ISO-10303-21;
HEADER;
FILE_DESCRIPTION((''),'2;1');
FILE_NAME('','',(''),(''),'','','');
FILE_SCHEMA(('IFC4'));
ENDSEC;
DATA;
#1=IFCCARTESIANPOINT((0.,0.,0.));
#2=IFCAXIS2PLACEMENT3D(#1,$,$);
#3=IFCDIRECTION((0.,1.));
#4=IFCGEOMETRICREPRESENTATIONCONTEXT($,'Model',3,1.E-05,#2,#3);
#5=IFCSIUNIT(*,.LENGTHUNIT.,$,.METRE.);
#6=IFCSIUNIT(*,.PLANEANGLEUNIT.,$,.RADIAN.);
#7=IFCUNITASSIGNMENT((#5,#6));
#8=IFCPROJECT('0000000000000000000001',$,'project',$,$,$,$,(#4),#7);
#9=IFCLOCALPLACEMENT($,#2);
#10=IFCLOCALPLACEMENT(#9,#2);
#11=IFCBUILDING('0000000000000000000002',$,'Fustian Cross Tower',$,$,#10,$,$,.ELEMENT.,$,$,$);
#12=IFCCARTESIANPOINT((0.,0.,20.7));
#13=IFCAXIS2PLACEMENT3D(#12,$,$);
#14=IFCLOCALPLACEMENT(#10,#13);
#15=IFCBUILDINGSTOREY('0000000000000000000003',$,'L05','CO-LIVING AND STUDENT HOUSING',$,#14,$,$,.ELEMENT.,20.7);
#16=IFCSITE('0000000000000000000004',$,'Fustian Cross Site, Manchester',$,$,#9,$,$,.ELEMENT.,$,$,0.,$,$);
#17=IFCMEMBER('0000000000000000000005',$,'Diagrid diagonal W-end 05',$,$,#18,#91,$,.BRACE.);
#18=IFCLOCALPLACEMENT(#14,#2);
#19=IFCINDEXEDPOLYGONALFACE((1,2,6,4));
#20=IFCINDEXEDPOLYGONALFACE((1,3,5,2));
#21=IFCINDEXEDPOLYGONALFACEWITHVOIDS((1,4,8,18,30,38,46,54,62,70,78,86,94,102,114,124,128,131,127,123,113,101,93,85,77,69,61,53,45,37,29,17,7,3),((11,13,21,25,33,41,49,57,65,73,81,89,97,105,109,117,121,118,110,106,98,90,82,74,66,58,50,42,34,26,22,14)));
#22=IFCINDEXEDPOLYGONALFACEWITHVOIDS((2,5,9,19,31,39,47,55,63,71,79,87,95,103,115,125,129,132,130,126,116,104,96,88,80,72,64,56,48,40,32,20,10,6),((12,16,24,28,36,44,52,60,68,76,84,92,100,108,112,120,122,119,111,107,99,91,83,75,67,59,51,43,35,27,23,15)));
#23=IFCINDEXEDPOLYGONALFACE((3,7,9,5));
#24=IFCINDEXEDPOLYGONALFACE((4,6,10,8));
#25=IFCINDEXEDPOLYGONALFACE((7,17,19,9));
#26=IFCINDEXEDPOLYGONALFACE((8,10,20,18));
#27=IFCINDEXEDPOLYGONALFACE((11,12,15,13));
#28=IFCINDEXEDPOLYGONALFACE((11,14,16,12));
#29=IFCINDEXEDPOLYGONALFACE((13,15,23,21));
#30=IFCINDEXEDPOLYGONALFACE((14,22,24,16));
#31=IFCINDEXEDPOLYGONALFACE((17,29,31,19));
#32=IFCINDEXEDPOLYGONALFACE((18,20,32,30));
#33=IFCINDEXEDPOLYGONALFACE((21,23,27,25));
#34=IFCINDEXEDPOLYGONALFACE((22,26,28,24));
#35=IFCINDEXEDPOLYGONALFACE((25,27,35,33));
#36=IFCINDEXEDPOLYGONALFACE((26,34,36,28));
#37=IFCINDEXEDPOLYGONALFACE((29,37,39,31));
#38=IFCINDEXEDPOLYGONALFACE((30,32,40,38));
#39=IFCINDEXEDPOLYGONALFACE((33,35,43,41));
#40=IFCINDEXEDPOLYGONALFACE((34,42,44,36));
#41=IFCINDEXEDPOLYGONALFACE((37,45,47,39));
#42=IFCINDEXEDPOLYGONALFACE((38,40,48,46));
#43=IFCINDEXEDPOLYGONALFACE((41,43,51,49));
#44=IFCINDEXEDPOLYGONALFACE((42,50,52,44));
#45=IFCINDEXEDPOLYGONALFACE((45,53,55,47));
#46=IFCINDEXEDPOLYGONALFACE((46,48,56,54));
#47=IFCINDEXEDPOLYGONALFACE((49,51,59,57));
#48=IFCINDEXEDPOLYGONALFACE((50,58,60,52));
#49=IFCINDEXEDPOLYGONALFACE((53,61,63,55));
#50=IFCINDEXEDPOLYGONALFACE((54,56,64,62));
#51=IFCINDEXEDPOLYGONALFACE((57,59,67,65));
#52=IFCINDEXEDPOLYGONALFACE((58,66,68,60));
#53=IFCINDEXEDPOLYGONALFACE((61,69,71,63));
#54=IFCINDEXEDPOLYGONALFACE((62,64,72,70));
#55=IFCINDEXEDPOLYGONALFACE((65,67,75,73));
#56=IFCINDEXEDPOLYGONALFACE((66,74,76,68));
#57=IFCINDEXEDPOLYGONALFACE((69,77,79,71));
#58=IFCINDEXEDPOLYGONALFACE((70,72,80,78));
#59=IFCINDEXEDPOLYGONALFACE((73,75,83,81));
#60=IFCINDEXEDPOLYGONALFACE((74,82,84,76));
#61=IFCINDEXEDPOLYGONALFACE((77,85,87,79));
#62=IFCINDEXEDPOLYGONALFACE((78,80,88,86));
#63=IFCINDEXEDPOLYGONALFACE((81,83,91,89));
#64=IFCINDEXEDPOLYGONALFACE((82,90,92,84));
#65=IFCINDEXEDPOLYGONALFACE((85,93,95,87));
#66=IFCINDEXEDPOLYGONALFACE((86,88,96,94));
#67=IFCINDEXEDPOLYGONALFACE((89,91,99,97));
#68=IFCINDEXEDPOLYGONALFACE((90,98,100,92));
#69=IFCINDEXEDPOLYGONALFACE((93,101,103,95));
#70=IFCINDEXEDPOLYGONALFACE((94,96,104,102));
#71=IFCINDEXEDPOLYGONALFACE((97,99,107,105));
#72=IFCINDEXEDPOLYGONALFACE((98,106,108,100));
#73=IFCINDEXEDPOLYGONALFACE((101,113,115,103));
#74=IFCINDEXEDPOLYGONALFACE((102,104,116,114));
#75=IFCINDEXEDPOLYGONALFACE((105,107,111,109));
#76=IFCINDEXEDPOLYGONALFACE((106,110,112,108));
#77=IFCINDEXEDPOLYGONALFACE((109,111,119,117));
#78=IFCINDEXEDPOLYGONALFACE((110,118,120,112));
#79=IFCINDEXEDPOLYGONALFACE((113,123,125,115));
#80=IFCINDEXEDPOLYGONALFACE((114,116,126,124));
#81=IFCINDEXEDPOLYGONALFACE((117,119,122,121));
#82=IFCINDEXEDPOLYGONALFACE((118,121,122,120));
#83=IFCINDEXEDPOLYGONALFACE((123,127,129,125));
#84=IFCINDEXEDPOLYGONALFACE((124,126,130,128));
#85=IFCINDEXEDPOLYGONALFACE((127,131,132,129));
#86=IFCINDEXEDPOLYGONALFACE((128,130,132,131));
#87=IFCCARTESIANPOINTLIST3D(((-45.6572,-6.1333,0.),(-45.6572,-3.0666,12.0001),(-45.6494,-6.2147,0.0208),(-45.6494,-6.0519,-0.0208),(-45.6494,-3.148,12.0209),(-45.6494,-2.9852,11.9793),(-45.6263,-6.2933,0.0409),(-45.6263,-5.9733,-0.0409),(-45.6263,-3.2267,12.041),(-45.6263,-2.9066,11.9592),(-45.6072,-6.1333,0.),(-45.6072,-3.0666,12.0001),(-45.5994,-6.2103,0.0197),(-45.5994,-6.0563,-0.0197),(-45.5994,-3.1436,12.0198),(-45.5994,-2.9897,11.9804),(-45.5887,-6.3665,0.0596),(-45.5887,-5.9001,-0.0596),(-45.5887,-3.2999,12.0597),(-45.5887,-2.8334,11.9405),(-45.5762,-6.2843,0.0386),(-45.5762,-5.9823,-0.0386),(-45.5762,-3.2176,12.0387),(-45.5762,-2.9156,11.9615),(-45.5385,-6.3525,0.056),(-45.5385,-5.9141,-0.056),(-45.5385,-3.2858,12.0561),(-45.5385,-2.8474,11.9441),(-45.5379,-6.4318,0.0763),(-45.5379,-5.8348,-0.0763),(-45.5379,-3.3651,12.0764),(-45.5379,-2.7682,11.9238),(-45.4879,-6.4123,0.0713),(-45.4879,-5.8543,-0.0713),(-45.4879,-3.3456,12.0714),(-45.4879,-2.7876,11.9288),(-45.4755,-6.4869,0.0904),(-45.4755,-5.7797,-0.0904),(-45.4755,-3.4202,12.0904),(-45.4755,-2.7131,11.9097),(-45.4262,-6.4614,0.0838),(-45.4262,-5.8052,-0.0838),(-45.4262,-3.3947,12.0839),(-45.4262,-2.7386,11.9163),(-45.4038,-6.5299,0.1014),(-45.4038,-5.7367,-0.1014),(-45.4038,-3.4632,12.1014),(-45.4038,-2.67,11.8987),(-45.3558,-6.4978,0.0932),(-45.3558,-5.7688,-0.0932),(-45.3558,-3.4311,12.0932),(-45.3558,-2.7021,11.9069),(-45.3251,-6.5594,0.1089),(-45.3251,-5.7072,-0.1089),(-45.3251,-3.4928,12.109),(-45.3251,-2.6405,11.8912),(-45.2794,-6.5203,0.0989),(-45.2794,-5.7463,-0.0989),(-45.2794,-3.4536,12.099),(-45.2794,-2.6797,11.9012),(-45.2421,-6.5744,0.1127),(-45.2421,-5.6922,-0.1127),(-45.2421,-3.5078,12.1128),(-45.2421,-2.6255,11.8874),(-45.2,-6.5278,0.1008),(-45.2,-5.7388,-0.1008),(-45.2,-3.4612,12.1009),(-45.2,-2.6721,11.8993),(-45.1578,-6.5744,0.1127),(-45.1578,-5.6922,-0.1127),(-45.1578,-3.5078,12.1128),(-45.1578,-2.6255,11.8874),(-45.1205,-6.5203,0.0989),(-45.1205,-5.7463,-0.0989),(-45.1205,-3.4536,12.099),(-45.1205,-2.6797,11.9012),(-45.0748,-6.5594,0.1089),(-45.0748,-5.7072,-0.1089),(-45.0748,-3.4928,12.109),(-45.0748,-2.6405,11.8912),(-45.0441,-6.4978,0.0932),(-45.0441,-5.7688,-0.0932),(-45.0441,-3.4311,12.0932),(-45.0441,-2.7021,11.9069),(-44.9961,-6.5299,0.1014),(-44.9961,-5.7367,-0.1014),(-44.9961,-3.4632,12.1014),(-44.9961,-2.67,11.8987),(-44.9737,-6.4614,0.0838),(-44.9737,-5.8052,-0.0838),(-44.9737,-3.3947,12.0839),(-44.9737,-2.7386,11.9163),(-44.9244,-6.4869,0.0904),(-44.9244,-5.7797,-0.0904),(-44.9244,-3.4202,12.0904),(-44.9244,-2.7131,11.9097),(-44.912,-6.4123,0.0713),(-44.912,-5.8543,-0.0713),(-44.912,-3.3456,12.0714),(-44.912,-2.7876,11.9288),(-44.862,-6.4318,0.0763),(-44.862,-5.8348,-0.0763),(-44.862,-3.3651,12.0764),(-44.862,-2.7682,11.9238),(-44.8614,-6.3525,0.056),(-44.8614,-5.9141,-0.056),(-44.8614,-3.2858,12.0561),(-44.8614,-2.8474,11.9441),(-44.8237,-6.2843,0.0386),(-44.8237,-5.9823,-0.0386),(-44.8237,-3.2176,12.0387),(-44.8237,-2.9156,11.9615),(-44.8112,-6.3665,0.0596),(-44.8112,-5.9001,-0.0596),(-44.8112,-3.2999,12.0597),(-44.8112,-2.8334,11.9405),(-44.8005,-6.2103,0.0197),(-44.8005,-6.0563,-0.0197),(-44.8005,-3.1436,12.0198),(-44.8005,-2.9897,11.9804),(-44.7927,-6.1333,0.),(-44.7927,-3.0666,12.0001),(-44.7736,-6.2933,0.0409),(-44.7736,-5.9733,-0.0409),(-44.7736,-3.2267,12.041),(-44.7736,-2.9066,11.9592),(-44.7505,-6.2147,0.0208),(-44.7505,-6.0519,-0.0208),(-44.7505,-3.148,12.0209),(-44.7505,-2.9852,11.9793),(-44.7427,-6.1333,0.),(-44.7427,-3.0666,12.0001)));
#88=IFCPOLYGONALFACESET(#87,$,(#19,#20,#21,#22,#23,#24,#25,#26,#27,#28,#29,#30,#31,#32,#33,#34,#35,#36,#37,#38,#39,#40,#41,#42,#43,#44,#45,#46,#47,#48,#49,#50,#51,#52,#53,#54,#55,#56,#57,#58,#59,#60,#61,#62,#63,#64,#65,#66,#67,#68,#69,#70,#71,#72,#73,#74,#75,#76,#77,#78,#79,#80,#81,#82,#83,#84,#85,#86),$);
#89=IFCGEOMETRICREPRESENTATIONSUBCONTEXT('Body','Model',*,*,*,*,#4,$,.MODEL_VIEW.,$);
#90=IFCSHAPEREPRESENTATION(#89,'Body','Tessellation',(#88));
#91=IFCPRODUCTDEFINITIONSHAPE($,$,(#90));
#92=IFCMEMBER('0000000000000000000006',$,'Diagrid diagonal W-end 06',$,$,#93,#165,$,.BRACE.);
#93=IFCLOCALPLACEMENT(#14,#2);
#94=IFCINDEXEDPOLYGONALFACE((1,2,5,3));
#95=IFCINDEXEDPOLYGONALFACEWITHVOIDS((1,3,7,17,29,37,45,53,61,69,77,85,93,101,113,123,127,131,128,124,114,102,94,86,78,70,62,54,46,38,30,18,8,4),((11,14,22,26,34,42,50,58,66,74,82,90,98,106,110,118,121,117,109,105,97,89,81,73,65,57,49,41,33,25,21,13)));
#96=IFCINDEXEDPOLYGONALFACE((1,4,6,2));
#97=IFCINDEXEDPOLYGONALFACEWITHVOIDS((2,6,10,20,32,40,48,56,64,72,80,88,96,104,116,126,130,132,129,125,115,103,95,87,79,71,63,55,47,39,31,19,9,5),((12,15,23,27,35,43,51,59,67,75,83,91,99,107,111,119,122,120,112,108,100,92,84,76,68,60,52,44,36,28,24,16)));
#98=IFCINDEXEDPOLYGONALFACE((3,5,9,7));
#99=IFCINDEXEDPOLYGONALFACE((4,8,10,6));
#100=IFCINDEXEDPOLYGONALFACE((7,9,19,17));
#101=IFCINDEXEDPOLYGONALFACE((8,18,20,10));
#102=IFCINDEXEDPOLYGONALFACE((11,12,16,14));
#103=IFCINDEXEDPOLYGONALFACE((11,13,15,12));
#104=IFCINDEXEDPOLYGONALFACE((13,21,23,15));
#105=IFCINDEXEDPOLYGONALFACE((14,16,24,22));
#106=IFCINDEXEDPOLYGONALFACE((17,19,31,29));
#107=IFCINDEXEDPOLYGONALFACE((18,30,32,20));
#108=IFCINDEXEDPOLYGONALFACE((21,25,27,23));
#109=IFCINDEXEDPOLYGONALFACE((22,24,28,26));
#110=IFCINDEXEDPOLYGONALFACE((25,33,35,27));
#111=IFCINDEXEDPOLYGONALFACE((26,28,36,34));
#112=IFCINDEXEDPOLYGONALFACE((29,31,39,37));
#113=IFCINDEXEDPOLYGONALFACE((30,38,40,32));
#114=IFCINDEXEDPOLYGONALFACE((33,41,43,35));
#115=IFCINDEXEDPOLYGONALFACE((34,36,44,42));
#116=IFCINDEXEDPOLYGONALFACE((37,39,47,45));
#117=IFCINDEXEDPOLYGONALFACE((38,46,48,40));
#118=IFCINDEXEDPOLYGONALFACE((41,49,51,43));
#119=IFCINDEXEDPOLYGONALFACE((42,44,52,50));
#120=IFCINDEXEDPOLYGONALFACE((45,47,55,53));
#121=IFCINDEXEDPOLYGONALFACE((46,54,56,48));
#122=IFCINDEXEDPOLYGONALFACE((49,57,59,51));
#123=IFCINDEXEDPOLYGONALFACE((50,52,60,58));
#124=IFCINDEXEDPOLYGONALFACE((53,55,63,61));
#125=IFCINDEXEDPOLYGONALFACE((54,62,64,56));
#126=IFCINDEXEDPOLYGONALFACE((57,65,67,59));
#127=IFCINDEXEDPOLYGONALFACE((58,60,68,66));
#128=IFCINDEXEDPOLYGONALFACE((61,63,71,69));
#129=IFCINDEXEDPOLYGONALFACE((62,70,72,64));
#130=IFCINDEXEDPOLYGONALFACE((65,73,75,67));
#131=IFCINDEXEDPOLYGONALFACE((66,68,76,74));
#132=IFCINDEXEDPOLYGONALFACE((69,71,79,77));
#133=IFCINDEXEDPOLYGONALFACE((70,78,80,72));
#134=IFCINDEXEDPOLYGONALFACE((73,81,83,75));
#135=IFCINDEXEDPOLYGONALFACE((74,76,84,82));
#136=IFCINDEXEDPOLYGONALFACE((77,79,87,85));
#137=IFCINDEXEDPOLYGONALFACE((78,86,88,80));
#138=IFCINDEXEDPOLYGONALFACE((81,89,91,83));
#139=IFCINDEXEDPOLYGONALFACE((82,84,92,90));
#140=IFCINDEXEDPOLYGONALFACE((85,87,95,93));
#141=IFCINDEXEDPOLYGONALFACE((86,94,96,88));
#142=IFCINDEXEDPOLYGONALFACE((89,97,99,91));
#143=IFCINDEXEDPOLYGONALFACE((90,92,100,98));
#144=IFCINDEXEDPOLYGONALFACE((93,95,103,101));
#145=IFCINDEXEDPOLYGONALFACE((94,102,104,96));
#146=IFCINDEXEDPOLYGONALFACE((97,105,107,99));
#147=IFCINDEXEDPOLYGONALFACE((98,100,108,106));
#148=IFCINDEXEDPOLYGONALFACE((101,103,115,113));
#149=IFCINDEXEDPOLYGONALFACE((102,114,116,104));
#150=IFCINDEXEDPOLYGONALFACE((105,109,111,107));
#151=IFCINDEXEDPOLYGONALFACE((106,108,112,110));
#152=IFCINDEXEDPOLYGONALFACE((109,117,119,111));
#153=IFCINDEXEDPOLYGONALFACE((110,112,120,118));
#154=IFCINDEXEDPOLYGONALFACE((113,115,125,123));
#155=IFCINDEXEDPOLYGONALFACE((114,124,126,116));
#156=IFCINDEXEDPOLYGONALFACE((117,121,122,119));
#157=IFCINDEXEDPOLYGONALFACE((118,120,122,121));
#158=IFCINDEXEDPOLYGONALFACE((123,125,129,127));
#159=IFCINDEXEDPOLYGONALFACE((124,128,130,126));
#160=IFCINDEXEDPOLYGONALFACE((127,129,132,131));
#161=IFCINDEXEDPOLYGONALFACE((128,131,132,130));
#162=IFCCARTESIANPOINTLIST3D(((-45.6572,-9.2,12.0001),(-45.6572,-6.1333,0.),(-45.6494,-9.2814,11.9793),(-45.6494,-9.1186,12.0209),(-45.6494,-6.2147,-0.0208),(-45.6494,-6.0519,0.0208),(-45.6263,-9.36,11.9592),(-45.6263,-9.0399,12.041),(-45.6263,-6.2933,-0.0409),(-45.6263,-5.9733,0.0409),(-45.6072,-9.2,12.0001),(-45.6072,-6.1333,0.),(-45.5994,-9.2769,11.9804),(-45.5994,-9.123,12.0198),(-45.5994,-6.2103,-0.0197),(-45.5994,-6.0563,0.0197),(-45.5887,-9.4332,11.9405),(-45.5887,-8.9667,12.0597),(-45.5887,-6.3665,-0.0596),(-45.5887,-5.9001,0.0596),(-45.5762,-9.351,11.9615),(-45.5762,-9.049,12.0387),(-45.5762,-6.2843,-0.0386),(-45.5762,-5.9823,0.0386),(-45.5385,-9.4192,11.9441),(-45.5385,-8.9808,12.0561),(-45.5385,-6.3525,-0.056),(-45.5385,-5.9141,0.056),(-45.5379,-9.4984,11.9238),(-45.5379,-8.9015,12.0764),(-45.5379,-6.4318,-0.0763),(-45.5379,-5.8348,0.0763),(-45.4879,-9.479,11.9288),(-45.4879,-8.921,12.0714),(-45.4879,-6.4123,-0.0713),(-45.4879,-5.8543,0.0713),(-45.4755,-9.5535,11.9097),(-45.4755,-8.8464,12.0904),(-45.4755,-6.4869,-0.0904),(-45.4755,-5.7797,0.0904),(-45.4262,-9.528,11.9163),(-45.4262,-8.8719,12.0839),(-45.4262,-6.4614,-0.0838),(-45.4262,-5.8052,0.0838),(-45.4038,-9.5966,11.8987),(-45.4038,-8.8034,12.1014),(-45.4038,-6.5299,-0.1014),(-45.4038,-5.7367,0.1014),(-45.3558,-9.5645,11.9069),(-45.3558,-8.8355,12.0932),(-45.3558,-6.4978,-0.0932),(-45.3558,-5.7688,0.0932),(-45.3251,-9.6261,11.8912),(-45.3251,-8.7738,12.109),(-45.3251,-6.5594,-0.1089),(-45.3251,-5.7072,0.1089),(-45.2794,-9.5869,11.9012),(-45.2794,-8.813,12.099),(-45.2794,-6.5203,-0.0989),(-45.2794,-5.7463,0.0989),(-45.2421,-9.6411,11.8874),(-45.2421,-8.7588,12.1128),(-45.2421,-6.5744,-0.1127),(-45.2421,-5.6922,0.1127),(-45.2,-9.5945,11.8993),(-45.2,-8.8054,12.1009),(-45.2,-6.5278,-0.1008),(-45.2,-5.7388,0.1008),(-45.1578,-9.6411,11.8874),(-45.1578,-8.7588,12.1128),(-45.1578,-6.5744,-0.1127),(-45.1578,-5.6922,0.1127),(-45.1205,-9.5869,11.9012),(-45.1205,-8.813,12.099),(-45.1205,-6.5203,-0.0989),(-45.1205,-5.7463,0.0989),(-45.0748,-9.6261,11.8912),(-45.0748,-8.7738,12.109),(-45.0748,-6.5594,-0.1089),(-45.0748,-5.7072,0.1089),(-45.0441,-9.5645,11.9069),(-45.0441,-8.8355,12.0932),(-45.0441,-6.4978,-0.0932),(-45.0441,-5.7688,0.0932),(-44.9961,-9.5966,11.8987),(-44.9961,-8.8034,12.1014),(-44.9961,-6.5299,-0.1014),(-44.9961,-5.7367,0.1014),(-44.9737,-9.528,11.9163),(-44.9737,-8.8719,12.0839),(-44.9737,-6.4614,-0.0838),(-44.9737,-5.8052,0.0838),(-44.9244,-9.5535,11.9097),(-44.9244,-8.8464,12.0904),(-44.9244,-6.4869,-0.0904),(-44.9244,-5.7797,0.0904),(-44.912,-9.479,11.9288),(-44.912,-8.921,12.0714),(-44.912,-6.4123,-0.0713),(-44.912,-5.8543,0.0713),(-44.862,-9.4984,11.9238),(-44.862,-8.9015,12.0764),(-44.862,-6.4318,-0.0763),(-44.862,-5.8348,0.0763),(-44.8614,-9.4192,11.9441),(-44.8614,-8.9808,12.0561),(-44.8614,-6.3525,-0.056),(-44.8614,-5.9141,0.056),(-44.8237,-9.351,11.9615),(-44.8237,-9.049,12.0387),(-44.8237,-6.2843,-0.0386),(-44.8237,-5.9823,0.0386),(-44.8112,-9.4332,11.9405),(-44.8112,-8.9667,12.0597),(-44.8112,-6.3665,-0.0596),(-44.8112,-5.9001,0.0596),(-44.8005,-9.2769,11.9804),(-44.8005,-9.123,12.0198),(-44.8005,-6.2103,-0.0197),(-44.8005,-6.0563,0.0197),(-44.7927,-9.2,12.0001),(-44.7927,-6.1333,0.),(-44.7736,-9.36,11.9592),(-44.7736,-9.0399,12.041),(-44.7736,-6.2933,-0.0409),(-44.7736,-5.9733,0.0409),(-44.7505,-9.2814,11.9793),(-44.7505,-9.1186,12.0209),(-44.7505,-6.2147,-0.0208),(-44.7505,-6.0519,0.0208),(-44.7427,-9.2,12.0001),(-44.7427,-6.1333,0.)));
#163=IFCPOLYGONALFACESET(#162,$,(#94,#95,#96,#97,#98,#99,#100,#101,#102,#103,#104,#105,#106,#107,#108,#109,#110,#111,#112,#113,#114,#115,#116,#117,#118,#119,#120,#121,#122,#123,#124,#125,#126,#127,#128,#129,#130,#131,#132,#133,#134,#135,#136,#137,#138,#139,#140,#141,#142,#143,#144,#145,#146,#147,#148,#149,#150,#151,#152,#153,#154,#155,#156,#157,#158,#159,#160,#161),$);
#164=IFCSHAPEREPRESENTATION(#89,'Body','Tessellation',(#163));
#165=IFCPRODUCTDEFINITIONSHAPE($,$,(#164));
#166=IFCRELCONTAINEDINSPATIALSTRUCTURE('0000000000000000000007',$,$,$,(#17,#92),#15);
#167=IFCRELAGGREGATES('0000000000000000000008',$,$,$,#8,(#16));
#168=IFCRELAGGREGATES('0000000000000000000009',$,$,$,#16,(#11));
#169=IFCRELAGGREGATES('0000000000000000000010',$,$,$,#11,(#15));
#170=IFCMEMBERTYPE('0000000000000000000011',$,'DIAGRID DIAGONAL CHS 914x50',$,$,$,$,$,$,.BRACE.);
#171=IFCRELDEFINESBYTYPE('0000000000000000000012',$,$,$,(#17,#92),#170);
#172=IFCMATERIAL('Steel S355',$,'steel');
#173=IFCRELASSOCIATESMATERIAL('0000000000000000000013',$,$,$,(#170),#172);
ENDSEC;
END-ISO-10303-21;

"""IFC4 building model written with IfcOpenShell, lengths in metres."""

from ifc_helpers import new_model, si_unit, direction, frame, origin, origin_2d, place, context, subcontext, project, spatial, hollow_circle, extrude, material, material_profile, profile_set, type_object, element, save


model = new_model("IFC4")

# Units and contexts
model_context = context("Model", 3, precision=1e-05, world=origin(), true_north=direction((0.0, 1.0)))
body_context = subcontext(model_context, "Body", "Model", "MODEL_VIEW")
ifc_project = project(units=[si_unit("LENGTHUNIT", "METRE"), si_unit("PLANEANGLEUNIT", "RADIAN")], contexts=[model_context])

# Site, building, storey
site_placement = place(None, origin())
site = spatial("IfcSite", under=ifc_project, at=site_placement, Name="Fustian Cross Site, Manchester", CompositionType="ELEMENT", RefElevation=0.0)
building_placement = place(site_placement, origin())
building = spatial("IfcBuilding", under=site, at=building_placement, Name="Fustian Cross Tower", CompositionType="ELEMENT")
storey_placement = place(building_placement, frame((0.0, 0.0, 20.7)))
storey = spatial("IfcBuildingStorey", under=building, at=storey_placement, Name="L05", Description="CO-LIVING AND STUDENT HOUSING", CompositionType="ELEMENT", Elevation=20.7)

# Members
ifc_material_1 = material(Name="Steel S355", Category="steel")
ifc_material_profile_1 = material_profile(ifc_material_1, hollow_circle(Radius=0.4573, WallThickness=0.05, at=origin_2d()), Name="CHS 914x50")
ifc_profile_set_1 = profile_set([ifc_material_profile_1], Name="Steel S355")
member_type_1 = type_object("IfcMemberType", Name="DIAGRID DIAGONAL CHS 914x50", PredefinedType="BRACE", material=ifc_profile_set_1)
for number, where, z_axis, x_axis, name in (
    (1, (-45.2, -6.1333, 0.0), (0.0, 0.247597, 0.968863), (-1.0, 0.0, 0.0), "Diagrid diagonal W-end 05"),
    (2, (-45.2, -6.1333, 0.0), (0.0, -0.247597, 0.968863), (1.0, 0.0, 0.0), "Diagrid diagonal W-end 06"),
):
    element("IfcMember", number, at=place(storey_placement, frame(where, z_axis=z_axis, x_axis=x_axis)), inside=storey, type_object=member_type_1, Name=name, PredefinedType="BRACE", context=body_context, shape_type="SweptSolid", body=[
        extrude(hollow_circle(Radius=0.4573, WallThickness=0.05, at=origin_2d()), origin(), (0.0, 0.0, 1.0), 12.3857),
    ])

save(model, "model.ifc")
